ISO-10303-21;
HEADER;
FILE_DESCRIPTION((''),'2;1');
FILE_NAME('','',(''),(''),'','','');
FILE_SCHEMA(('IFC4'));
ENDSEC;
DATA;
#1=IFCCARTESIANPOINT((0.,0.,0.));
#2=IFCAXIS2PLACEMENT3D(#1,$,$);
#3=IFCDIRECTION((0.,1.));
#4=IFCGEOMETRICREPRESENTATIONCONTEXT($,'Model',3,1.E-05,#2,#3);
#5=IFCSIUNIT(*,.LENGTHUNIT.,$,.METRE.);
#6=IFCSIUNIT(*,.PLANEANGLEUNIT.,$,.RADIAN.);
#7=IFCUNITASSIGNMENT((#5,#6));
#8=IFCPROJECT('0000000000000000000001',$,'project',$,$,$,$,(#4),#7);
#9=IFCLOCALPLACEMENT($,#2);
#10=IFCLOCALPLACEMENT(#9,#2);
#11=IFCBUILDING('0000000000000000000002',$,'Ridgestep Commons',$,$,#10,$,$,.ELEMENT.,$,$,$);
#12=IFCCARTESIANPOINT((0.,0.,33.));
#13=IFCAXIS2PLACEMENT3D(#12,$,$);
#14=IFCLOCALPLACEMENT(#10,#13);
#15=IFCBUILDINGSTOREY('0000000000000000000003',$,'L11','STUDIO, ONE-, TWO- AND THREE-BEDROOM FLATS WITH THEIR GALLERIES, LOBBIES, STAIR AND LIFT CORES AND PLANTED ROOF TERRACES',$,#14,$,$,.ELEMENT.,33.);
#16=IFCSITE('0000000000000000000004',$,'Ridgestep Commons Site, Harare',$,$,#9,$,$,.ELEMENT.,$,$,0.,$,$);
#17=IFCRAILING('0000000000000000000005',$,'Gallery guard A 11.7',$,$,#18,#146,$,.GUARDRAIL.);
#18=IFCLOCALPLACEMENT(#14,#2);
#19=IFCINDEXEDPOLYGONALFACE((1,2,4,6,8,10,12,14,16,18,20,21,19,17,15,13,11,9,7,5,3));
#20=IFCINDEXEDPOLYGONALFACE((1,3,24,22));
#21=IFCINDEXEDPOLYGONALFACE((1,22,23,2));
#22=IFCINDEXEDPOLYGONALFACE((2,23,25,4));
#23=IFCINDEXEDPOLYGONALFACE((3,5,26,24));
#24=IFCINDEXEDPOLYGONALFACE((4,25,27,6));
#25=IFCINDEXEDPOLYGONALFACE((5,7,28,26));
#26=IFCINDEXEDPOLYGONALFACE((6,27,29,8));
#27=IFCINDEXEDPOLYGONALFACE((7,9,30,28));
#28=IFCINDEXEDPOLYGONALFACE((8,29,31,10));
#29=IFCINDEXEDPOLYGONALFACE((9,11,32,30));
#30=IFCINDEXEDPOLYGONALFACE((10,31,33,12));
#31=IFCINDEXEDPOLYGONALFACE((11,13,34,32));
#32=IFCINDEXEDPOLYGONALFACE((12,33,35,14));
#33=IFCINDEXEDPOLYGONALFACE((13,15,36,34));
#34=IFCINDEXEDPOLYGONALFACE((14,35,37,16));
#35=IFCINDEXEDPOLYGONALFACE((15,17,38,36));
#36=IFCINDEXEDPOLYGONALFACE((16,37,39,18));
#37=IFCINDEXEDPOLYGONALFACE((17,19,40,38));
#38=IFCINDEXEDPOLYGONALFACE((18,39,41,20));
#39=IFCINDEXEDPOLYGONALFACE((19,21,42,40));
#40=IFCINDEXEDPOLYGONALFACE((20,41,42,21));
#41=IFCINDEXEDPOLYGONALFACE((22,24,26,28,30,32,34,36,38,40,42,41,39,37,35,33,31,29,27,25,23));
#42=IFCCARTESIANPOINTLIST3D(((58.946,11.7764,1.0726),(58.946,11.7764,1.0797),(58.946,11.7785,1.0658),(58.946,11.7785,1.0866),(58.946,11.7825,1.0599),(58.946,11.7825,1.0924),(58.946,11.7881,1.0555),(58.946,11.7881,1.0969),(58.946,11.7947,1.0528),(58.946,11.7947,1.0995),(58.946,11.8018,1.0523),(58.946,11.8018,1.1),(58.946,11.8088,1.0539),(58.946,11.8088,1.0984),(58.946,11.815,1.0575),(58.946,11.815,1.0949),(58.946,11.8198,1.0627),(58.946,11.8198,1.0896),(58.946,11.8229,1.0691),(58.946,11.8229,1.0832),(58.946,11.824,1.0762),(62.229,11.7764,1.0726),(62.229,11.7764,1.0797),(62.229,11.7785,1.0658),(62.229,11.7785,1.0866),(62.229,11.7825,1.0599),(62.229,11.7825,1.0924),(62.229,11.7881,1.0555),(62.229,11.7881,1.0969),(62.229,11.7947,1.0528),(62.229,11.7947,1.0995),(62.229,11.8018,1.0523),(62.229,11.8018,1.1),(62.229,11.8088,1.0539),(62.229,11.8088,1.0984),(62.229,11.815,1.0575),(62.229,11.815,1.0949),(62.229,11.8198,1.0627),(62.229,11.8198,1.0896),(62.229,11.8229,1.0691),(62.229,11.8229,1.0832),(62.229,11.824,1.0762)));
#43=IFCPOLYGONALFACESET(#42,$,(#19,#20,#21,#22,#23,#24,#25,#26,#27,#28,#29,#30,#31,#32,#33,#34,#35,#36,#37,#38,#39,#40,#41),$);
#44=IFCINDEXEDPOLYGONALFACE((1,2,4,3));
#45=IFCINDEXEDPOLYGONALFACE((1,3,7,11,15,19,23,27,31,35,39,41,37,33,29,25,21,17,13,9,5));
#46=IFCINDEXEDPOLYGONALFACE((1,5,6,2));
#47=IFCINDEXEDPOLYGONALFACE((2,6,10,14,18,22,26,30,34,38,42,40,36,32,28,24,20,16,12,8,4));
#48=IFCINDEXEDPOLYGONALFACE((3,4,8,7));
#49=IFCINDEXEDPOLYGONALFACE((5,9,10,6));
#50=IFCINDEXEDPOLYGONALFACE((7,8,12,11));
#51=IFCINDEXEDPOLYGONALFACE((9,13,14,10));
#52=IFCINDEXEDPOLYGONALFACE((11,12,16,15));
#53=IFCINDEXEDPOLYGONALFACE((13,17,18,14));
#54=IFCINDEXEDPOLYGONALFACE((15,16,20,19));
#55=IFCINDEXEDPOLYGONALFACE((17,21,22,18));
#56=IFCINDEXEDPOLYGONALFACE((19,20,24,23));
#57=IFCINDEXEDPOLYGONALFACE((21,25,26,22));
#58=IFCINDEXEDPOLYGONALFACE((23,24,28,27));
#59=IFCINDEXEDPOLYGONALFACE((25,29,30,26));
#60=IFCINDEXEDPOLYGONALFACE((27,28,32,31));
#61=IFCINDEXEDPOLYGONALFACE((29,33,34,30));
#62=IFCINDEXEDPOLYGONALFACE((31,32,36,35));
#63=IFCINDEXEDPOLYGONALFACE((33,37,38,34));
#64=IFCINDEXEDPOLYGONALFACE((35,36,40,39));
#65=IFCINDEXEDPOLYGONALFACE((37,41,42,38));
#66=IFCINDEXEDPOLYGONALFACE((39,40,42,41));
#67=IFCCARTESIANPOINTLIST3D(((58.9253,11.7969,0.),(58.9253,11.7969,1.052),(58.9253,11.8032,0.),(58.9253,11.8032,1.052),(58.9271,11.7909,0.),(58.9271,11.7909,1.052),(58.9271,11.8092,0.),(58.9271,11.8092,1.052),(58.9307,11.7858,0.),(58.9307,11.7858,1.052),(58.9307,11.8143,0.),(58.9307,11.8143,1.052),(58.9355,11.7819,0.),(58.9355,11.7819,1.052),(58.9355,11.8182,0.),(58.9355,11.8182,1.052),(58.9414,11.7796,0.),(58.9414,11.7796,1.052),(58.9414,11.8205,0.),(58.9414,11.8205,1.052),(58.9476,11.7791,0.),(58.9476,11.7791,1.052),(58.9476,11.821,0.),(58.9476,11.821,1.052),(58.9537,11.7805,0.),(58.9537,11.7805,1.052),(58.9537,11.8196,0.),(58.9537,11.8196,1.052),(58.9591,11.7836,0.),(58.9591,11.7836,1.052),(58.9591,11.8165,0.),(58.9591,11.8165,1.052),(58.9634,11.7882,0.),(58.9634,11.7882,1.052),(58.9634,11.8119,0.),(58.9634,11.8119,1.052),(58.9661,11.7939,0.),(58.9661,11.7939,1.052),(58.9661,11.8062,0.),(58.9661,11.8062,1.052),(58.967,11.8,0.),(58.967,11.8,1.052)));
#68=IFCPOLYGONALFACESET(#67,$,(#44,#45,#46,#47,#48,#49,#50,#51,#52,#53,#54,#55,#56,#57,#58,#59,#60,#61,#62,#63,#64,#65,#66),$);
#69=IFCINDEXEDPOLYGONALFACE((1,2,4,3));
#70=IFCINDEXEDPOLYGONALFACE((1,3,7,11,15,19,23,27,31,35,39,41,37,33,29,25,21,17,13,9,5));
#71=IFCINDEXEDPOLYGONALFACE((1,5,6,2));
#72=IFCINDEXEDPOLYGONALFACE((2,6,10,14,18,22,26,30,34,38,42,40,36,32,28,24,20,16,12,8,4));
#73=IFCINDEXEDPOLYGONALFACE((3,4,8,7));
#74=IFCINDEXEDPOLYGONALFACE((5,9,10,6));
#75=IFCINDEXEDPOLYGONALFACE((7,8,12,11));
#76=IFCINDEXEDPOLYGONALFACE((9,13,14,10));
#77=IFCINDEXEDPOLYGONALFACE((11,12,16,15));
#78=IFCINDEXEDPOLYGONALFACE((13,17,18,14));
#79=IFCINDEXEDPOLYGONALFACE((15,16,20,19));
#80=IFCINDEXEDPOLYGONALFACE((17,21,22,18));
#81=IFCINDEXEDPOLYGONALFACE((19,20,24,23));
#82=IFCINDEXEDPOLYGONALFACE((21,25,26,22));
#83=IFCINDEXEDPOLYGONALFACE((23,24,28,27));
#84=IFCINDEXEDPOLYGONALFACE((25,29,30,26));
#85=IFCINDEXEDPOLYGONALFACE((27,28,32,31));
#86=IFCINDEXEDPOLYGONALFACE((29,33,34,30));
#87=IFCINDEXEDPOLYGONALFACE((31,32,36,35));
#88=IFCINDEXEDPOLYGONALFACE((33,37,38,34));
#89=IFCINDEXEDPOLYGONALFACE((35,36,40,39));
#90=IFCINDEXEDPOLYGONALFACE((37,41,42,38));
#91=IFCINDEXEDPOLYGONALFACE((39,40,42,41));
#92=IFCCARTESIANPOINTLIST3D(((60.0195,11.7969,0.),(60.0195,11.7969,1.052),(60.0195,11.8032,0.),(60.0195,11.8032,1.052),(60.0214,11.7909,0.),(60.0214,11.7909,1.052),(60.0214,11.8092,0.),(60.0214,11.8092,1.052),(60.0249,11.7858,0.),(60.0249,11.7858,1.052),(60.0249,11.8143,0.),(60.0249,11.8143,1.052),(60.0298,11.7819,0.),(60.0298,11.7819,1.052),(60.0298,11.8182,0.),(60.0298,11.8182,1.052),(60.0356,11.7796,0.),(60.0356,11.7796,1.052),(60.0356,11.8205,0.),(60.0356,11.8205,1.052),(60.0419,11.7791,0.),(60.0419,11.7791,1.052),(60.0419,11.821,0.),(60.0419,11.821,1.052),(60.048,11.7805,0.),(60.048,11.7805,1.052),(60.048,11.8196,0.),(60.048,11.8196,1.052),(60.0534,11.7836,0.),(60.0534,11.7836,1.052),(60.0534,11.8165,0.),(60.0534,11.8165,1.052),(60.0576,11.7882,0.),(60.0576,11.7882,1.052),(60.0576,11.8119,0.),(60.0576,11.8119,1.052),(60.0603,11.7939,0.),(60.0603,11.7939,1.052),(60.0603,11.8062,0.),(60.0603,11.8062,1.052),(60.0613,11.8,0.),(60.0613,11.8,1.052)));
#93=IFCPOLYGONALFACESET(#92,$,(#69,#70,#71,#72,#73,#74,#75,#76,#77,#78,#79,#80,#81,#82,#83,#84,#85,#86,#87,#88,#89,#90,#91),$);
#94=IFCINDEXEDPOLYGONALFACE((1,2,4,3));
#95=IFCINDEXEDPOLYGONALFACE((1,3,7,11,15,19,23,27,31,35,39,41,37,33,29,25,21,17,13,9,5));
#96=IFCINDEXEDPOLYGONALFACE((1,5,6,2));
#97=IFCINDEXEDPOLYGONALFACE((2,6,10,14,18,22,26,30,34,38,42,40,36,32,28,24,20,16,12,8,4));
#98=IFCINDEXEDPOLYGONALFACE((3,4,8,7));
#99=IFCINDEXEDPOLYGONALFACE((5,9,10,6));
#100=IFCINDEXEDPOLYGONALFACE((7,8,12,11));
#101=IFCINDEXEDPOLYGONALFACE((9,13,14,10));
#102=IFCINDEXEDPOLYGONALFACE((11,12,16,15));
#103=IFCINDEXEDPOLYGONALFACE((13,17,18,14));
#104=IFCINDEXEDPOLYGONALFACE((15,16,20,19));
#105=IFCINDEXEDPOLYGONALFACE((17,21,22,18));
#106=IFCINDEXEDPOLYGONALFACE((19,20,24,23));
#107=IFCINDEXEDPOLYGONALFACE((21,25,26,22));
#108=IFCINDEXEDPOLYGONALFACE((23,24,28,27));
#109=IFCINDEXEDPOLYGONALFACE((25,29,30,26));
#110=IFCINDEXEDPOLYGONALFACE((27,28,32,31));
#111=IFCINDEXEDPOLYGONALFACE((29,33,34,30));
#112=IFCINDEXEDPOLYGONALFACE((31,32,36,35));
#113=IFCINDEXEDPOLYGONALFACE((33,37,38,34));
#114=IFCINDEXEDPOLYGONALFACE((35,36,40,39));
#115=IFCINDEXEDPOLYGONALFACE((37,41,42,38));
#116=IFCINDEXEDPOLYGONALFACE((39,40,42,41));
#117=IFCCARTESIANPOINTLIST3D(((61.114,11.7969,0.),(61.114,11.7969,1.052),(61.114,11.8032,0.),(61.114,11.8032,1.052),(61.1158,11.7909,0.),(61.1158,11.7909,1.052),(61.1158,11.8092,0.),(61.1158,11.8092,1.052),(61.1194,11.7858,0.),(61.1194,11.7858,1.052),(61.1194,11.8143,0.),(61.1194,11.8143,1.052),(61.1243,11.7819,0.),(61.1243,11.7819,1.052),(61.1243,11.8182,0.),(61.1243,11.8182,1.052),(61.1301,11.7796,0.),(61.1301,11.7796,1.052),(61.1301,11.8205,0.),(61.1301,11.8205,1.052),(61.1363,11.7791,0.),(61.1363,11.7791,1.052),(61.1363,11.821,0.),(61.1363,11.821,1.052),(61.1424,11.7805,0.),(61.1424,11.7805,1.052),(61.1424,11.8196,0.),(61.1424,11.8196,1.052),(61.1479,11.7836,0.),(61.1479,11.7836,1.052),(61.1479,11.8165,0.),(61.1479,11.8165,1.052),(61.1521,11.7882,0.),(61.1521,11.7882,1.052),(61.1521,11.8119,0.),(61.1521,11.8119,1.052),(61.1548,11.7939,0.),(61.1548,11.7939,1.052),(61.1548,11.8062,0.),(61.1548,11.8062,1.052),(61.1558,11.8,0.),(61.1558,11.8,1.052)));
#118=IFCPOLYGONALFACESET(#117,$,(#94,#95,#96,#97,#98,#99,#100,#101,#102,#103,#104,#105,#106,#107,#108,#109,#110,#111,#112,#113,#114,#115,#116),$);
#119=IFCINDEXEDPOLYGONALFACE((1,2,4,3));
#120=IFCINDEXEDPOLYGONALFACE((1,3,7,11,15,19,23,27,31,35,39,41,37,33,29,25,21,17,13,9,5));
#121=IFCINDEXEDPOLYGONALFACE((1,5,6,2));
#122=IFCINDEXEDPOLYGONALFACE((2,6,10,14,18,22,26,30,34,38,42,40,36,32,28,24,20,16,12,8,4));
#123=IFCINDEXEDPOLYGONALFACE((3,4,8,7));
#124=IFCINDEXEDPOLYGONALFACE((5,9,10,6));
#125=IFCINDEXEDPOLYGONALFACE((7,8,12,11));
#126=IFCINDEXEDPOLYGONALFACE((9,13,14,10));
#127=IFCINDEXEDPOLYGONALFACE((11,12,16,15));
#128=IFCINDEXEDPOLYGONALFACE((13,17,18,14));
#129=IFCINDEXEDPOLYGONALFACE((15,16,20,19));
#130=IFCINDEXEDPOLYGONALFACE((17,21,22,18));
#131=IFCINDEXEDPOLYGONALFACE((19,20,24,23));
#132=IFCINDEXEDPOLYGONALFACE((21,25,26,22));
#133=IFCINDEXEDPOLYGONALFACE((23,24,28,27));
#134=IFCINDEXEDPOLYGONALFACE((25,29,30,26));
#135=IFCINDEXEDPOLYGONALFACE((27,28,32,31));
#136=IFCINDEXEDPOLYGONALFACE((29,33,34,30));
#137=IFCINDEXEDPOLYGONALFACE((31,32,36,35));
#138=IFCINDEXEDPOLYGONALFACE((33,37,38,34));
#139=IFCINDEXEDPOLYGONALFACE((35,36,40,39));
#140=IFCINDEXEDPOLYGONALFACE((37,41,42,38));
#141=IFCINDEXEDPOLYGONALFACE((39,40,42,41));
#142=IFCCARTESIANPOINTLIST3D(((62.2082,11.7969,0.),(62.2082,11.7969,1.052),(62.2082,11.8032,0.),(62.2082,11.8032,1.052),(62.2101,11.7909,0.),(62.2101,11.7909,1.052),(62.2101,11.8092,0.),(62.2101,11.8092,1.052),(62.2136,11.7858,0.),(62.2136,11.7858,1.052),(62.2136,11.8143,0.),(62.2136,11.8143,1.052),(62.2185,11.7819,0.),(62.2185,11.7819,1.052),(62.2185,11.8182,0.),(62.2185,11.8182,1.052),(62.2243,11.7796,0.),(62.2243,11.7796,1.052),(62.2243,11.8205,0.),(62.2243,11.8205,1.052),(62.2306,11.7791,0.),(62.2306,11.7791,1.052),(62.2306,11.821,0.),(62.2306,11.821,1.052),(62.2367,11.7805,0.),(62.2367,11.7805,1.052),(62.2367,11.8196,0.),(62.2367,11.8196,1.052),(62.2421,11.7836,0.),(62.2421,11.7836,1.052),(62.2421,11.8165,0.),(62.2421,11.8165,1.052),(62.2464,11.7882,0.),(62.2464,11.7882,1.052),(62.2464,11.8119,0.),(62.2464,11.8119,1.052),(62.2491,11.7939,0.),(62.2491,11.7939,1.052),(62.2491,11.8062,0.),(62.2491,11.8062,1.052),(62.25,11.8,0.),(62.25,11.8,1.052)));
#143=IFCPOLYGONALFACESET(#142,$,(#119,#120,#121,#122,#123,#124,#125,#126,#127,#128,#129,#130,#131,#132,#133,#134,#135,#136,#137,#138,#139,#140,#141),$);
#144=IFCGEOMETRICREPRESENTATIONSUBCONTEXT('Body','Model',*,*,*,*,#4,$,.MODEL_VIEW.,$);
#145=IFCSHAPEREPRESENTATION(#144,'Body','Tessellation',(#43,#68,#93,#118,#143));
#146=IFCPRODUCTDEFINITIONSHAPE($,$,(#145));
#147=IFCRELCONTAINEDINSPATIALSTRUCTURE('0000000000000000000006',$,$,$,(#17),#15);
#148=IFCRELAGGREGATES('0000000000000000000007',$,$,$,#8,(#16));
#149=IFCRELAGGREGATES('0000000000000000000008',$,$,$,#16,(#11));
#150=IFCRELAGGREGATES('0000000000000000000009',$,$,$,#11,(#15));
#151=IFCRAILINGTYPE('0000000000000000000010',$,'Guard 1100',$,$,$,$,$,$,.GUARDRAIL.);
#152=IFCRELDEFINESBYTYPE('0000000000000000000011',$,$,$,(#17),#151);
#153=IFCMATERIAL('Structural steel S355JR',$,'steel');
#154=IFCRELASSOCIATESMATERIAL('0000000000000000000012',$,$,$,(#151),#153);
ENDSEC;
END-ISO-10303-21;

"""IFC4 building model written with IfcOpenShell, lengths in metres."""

from ifc_helpers import new_model, si_unit, direction, frame, origin, origin_2d, place, context, subcontext, project, spatial, circle, extrude, material, type_object, element, save


model = new_model("IFC4")

# Units and contexts
model_context = context("Model", 3, precision=1e-05, world=origin(), true_north=direction((0.0, 1.0)))
body_context = subcontext(model_context, "Body", "Model", "MODEL_VIEW")
ifc_project = project(units=[si_unit("LENGTHUNIT", "METRE"), si_unit("PLANEANGLEUNIT", "RADIAN")], contexts=[model_context])

# Site, building, storey
site_placement = place(None, origin())
site = spatial("IfcSite", under=ifc_project, at=site_placement, Name="Ridgestep Commons Site, Harare", CompositionType="ELEMENT", RefElevation=0.0)
building_placement = place(site_placement, origin())
building = spatial("IfcBuilding", under=site, at=building_placement, Name="Ridgestep Commons", CompositionType="ELEMENT")
storey_placement = place(building_placement, frame((0.0, 0.0, 33.0)))
storey = spatial("IfcBuildingStorey", under=building, at=storey_placement, Name="L11", Description="STUDIO, ONE-, TWO- AND THREE-BEDROOM FLATS WITH THEIR GALLERIES, LOBBIES, STAIR AND LIFT CORES AND PLANTED ROOF TERRACES", CompositionType="ELEMENT", Elevation=33.0)

# Railing
ifc_material_1 = material(Name="Structural steel S355JR", Category="steel")
railing_type = type_object("IfcRailingType", Name="Guard 1100", PredefinedType="GUARDRAIL", material=ifc_material_1)
railing_1_placement = place(storey_placement, frame((58.946, 11.8, 0.0)))
element("IfcRailing", 1, at=railing_1_placement, inside=storey, type_object=railing_type, Name="Gallery guard A 11.7", PredefinedType="GUARDRAIL", context=body_context, shape_type="SweptSolid", body=[
    extrude(circle(Radius=0.0239, at=origin_2d()), frame((0.0, 0.0, 1.0762), z_axis=(1.0, 0.0, 0.0), x_axis=(0.0, 1.0, 0.0)), (0.0, 0.0, 1.0), 3.283),
    extrude(circle(Radius=0.021, at=origin_2d()), origin(), (0.0, 0.0, 1.0), 1.052),
    extrude(circle(Radius=0.021, at=origin_2d()), frame((1.0942, 0.0, 0.0)), (0.0, 0.0, 1.0), 1.052),
    extrude(circle(Radius=0.021, at=origin_2d()), frame((2.1887, 0.0, 0.0)), (0.0, 0.0, 1.0), 1.052),
    extrude(circle(Radius=0.021, at=origin_2d()), frame((3.283, 0.0, 0.0)), (0.0, 0.0, 1.0), 1.052),
])

save(model, "model.ifc")
